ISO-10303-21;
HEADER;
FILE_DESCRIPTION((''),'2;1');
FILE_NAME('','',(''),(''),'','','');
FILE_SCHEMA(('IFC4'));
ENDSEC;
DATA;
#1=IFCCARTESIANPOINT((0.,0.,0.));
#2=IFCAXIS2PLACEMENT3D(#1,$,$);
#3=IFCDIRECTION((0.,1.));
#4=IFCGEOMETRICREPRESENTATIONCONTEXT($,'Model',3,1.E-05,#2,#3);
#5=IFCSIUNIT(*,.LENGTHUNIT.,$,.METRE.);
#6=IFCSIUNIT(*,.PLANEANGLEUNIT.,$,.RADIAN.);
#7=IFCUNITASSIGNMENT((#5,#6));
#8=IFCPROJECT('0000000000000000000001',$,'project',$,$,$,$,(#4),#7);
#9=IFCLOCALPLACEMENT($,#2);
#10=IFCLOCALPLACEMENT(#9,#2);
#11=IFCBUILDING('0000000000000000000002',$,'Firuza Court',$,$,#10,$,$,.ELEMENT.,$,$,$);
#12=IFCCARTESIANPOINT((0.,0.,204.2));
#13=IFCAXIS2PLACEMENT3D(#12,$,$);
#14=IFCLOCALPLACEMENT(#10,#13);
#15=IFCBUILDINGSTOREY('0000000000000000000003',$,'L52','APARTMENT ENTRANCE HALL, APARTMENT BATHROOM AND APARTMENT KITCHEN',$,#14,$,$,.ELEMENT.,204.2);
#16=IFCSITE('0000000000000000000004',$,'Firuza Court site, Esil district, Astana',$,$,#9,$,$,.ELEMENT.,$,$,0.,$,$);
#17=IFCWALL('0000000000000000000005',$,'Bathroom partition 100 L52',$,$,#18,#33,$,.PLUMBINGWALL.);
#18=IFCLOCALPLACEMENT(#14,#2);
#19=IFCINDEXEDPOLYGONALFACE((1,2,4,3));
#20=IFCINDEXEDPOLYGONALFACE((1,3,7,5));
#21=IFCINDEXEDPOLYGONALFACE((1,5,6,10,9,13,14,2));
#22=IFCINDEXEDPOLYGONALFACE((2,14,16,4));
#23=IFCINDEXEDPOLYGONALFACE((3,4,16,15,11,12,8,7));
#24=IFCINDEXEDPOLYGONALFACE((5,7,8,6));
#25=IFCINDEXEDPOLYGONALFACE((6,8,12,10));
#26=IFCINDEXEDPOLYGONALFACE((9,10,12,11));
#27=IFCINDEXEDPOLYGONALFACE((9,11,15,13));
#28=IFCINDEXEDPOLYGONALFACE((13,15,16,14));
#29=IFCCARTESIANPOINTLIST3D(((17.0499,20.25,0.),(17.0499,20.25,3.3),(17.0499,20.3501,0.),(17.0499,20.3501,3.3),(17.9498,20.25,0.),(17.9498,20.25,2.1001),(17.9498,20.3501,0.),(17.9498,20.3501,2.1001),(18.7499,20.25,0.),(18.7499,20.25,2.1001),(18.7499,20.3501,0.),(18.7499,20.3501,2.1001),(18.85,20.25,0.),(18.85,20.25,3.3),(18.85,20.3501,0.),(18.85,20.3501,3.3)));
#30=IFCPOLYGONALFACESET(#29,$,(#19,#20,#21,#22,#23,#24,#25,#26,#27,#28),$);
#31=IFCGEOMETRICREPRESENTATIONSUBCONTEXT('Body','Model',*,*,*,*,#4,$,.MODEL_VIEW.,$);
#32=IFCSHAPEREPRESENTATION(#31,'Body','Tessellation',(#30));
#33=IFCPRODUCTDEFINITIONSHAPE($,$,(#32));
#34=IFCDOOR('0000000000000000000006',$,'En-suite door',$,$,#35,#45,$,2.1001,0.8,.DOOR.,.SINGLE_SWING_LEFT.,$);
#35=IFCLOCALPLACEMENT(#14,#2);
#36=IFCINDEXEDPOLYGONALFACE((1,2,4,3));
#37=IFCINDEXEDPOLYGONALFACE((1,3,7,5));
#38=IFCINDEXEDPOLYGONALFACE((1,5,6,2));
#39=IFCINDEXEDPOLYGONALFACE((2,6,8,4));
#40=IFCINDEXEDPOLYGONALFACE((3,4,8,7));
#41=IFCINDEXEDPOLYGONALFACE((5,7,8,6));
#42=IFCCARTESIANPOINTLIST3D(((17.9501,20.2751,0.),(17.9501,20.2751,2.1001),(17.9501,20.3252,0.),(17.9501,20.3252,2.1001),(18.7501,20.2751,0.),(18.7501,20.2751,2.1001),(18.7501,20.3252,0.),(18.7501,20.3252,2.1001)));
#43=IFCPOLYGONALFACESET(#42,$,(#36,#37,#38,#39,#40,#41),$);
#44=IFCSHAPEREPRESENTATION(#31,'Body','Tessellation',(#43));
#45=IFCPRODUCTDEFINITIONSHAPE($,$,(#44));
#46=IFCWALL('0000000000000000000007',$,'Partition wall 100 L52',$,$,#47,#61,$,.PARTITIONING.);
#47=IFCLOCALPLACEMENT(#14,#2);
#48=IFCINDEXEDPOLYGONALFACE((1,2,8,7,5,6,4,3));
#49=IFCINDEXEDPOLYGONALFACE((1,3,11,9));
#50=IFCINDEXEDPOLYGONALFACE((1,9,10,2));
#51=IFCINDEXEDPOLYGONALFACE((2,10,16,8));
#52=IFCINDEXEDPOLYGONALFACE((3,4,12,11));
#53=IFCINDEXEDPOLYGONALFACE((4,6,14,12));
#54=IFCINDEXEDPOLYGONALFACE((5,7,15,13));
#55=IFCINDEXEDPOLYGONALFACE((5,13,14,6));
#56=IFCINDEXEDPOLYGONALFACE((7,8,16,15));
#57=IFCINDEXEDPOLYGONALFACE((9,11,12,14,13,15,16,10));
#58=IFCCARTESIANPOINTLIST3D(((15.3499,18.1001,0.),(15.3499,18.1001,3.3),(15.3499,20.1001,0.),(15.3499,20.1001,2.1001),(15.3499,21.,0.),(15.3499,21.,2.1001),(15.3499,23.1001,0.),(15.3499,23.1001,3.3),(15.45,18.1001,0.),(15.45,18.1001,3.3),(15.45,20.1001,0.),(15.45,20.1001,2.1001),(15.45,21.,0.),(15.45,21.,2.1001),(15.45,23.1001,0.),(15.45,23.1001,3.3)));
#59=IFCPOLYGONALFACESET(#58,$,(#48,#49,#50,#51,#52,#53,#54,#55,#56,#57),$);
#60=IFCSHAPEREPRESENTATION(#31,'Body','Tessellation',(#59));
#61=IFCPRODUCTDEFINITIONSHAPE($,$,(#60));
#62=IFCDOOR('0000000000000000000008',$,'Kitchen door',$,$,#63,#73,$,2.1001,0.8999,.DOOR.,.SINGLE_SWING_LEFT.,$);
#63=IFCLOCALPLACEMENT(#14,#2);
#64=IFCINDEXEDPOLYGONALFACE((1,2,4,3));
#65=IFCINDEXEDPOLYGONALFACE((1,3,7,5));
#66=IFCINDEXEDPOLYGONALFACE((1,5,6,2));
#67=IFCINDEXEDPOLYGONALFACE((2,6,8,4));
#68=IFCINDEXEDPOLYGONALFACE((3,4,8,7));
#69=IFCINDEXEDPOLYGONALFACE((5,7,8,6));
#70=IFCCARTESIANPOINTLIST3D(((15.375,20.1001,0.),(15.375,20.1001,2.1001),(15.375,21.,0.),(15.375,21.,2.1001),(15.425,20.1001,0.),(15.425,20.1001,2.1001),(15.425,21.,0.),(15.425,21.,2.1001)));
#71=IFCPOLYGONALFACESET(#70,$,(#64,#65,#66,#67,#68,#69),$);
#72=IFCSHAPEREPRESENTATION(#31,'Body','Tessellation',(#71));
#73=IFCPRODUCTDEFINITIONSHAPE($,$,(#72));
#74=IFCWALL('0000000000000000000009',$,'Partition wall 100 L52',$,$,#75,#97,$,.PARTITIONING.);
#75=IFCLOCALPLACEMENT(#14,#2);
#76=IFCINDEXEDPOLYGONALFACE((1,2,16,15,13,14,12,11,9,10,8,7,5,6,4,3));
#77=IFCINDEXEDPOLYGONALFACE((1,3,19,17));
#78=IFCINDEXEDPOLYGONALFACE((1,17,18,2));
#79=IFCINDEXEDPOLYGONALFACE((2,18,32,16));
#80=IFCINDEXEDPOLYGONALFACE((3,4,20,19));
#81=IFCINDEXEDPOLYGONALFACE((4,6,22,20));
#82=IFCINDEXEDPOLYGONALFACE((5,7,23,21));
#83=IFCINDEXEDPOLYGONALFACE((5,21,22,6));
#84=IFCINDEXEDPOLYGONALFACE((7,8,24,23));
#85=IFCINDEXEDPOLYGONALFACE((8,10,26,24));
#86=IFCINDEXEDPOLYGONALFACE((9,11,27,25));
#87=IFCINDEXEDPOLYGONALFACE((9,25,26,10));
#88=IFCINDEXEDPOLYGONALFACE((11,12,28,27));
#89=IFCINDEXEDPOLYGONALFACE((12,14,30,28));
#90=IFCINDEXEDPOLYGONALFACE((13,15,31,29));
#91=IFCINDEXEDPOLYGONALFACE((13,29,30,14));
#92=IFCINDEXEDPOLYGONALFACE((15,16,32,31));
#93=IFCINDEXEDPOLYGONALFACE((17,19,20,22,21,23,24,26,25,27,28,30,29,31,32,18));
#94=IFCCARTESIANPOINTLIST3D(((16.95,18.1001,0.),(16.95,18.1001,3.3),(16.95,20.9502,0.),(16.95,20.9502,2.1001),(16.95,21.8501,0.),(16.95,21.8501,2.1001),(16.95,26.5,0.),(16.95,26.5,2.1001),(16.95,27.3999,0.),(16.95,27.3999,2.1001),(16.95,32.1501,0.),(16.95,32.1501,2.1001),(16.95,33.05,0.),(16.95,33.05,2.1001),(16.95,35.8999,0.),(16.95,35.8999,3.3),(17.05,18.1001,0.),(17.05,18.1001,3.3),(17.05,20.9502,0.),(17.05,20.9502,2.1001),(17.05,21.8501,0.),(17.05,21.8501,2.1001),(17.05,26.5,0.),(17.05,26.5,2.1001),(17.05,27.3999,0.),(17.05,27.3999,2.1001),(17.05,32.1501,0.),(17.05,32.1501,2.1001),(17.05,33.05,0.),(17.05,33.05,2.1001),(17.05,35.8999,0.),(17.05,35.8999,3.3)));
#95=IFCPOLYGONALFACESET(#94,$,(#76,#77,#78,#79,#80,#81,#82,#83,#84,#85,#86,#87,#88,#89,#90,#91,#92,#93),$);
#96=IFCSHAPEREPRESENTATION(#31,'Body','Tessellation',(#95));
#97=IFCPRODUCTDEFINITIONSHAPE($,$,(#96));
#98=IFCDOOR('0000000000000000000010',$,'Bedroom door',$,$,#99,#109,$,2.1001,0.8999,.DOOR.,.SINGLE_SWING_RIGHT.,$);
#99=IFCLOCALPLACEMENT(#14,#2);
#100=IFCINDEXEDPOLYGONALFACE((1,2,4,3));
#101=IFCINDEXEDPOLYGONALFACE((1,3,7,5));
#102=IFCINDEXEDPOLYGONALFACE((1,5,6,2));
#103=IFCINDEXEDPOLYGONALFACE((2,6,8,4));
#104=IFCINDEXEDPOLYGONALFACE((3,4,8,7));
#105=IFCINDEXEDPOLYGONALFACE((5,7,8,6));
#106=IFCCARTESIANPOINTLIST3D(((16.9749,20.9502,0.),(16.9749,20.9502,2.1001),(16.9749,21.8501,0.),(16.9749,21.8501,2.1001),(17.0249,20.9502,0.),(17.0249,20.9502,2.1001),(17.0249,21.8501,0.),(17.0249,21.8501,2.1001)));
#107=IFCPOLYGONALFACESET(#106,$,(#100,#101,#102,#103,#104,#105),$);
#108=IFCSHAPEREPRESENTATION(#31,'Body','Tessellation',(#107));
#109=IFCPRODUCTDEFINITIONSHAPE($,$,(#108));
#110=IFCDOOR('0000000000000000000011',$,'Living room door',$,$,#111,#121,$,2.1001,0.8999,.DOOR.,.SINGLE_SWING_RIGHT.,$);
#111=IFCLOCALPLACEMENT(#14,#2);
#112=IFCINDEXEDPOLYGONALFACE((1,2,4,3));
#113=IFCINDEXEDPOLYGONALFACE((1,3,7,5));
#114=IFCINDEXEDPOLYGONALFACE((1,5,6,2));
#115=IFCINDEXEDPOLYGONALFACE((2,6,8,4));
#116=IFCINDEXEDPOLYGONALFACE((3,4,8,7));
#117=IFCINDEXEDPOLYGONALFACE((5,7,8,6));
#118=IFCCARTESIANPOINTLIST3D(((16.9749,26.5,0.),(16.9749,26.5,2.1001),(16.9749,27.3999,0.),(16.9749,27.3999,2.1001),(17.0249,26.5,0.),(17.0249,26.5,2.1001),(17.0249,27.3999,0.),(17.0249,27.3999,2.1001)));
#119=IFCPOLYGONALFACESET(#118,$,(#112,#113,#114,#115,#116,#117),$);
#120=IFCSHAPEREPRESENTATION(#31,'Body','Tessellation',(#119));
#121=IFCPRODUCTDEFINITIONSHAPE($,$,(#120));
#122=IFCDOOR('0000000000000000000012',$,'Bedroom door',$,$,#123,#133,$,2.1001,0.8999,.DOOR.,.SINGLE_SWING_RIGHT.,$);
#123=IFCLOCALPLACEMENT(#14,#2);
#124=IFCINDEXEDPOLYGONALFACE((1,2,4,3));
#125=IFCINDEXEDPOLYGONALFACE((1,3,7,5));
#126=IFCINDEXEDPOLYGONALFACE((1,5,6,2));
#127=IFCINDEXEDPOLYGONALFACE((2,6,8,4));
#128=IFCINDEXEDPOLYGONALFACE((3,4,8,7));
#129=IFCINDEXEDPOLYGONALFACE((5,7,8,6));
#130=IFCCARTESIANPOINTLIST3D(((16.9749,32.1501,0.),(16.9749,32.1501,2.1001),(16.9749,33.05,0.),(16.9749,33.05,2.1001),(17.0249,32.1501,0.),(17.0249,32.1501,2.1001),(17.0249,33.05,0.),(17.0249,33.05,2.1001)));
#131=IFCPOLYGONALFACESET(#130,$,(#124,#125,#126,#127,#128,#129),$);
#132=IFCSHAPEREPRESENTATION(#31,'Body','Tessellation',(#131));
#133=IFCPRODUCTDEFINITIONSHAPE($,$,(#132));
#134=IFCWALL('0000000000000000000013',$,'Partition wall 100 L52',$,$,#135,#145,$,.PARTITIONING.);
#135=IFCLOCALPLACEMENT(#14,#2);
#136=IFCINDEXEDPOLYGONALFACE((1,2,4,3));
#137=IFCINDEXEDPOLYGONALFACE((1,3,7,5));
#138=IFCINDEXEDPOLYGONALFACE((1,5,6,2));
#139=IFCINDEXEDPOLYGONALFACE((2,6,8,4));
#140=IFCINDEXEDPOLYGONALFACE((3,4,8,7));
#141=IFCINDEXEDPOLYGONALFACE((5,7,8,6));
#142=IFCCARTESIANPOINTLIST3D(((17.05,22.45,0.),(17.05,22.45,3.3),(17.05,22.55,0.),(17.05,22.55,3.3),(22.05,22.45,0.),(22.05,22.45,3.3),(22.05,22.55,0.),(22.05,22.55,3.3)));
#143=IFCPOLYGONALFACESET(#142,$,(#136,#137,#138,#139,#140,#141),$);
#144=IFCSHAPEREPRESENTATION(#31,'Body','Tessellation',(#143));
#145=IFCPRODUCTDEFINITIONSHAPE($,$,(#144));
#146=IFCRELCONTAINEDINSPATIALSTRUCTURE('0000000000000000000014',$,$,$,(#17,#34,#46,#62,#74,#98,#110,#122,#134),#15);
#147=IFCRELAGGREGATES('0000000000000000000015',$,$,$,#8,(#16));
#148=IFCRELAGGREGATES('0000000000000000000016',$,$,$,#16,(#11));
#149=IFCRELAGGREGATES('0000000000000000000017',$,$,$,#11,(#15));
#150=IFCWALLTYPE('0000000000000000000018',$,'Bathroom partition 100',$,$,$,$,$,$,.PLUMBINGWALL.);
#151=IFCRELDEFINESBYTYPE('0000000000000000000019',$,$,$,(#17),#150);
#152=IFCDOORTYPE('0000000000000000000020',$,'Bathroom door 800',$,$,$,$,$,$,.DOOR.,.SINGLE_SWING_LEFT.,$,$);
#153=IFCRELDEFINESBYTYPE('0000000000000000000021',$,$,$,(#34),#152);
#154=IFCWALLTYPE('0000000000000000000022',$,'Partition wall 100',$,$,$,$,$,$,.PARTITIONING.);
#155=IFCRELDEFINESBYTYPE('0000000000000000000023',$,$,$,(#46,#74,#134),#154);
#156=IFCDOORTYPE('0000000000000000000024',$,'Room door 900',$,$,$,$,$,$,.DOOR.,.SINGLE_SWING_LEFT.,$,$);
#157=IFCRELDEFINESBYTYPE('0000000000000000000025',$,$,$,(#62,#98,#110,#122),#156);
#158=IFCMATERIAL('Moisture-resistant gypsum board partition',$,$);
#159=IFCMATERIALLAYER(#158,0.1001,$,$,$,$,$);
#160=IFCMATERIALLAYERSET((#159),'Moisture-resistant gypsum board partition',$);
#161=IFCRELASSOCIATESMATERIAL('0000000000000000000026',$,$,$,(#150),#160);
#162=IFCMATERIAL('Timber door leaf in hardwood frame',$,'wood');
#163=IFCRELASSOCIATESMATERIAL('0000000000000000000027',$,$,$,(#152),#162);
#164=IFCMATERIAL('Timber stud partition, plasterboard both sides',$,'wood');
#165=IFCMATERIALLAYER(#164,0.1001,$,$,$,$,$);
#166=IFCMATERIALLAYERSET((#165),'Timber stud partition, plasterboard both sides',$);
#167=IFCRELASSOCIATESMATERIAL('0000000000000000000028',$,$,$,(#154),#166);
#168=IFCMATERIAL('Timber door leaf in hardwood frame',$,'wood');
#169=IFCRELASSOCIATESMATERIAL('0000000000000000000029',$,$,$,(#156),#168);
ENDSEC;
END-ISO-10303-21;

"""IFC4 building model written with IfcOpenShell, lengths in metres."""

from ifc_helpers import new_model, si_unit, direction, frame, frame_2d, origin, place, context, subcontext, project, spatial, rectangle, extrude, material, layer, layer_set, type_object, element, fill, save


model = new_model("IFC4")

# Units and contexts
model_context = context("Model", 3, precision=1e-05, world=origin(), true_north=direction((0.0, 1.0)))
body_context = subcontext(model_context, "Body", "Model", "MODEL_VIEW")
ifc_project = project(units=[si_unit("LENGTHUNIT", "METRE"), si_unit("PLANEANGLEUNIT", "RADIAN")], contexts=[model_context])

# Site, building, storey
site_placement = place(None, origin())
site = spatial("IfcSite", under=ifc_project, at=site_placement, Name="Firuza Court site, Esil district, Astana", CompositionType="ELEMENT", RefElevation=0.0)
building_placement = place(site_placement, origin())
building = spatial("IfcBuilding", under=site, at=building_placement, Name="Firuza Court", CompositionType="ELEMENT")
storey_placement = place(building_placement, frame((0.0, 0.0, 204.2)))
storey = spatial("IfcBuildingStorey", under=building, at=storey_placement, Name="L52", Description="APARTMENT ENTRANCE HALL, APARTMENT BATHROOM AND APARTMENT KITCHEN", CompositionType="ELEMENT", Elevation=204.2)

# Walls, openings, doors
ifc_material_1 = material(Name="Moisture-resistant gypsum board partition")
ifc_layer_1 = layer(ifc_material_1, 0.1001)
ifc_layer_set_1 = layer_set([ifc_layer_1], Name="Moisture-resistant gypsum board partition")
wall_type_1 = type_object("IfcWallType", Name="Bathroom partition 100", PredefinedType="PLUMBINGWALL", material=ifc_layer_set_1)
wall_1_placement = place(storey_placement, frame((17.05, 20.3, 0.0), z_axis=(0.0, 0.0, 1.0), x_axis=(1.0, 0.0, 0.0)))
wall_1 = element("IfcWall", 1, at=wall_1_placement, inside=storey, type_object=wall_type_1, Name="Bathroom partition 100 L52", PredefinedType="PLUMBINGWALL", context=body_context, shape_type="SweptSolid", body=[
    extrude(rectangle(XDim=1.8, YDim=0.1001, at=frame_2d((0.8999, 0.0))), origin(), (0.0, 0.0, 1.0), 3.3),
])
opening_1_placement = place(wall_1_placement, frame((0.8999, 0.0, 0.0)))
opening_1 = element("IfcOpeningElement", 2, at=opening_1_placement, cuts=wall_1, PredefinedType="OPENING", context=body_context, shape_type="SweptSolid", body=[
    extrude(rectangle(XDim=0.8, YDim=2.1001, at=frame_2d((0.3999, 1.05))), frame((0.0, 0.062, 0.0), z_axis=(0.0, -1.0, 0.0), x_axis=(1.0, 0.0, 0.0)), (0.0, 0.0, 1.0), 0.124),
])
ifc_material_2 = material(Name="Timber door leaf in hardwood frame", Category="wood")
door_type_1 = type_object("IfcDoorType", Name="Bathroom door 800", OperationType="SINGLE_SWING_LEFT", PredefinedType="DOOR", material=ifc_material_2)
door_1_placement = place(opening_1_placement, frame((0.8, 0.0, 0.0), z_axis=(0.0, 0.0, 1.0), x_axis=(-1.0, 0.0, 0.0)))
door_1 = element("IfcDoor", 3, at=door_1_placement, inside=storey, type_object=door_type_1, Name="En-suite door", OperationType="SINGLE_SWING_LEFT", OverallHeight=2.1001, OverallWidth=0.8, PredefinedType="DOOR", context=body_context, shape_type="SweptSolid", body=[
    extrude(rectangle(XDim=0.8, YDim=2.1001, at=frame_2d((0.3999, 1.05))), frame((0.0, 0.0249, 0.0), z_axis=(0.0, -1.0, 0.0), x_axis=(1.0, 0.0, 0.0)), (0.0, 0.0, 1.0), 0.05),
])
fill(opening_1, door_1)
ifc_material_3 = material(Name="Timber stud partition, plasterboard both sides", Category="wood")
ifc_layer_2 = layer(ifc_material_3, 0.1001)
ifc_layer_set_2 = layer_set([ifc_layer_2], Name="Timber stud partition, plasterboard both sides")
wall_type_2 = type_object("IfcWallType", Name="Partition wall 100", PredefinedType="PARTITIONING", material=ifc_layer_set_2)
wall_2_placement = place(storey_placement, frame((15.3999, 18.1001, 0.0), z_axis=(0.0, 0.0, 1.0), x_axis=(0.0, 1.0, 0.0)))
wall_2 = element("IfcWall", 4, at=wall_2_placement, inside=storey, type_object=wall_type_2, Name="Partition wall 100 L52", PredefinedType="PARTITIONING", context=body_context, shape_type="SweptSolid", body=[
    extrude(rectangle(XDim=5.0, YDim=0.1001, at=frame_2d((2.5, 0.0))), origin(), (0.0, 0.0, 1.0), 3.3),
])
opening_2_placement = place(wall_2_placement, frame((2.0, 0.0, 0.0)))
opening_2 = element("IfcOpeningElement", 5, at=opening_2_placement, cuts=wall_2, PredefinedType="OPENING", context=body_context, shape_type="SweptSolid", body=[
    extrude(rectangle(XDim=0.8999, YDim=2.1001, at=frame_2d((0.45, 1.05))), frame((0.0, 0.062, 0.0), z_axis=(0.0, -1.0, 0.0), x_axis=(1.0, 0.0, 0.0)), (0.0, 0.0, 1.0), 0.124),
])
ifc_material_4 = material(Name="Timber door leaf in hardwood frame", Category="wood")
door_type_2 = type_object("IfcDoorType", Name="Room door 900", OperationType="SINGLE_SWING_LEFT", PredefinedType="DOOR", material=ifc_material_4)
door_2_placement = place(opening_2_placement, origin())
door_2 = element("IfcDoor", 6, at=door_2_placement, inside=storey, type_object=door_type_2, Name="Kitchen door", OperationType="SINGLE_SWING_LEFT", OverallHeight=2.1001, OverallWidth=0.8999, PredefinedType="DOOR", context=body_context, shape_type="SweptSolid", body=[
    extrude(rectangle(XDim=0.8999, YDim=2.1001, at=frame_2d((0.45, 1.05))), frame((0.0, 0.0249, 0.0), z_axis=(0.0, -1.0, 0.0), x_axis=(1.0, 0.0, 0.0)), (0.0, 0.0, 1.0), 0.05),
])
fill(opening_2, door_2)

# Wall, openings, doors
wall_3_placement = place(storey_placement, frame((17.0, 18.1001, 0.0), z_axis=(0.0, 0.0, 1.0), x_axis=(0.0, 1.0, 0.0)))
wall_3 = element("IfcWall", 7, at=wall_3_placement, inside=storey, type_object=wall_type_2, Name="Partition wall 100 L52", PredefinedType="PARTITIONING", context=body_context, shape_type="SweptSolid", body=[
    extrude(rectangle(XDim=17.7998, YDim=0.1001, at=frame_2d((8.8999, 0.0))), origin(), (0.0, 0.0, 1.0), 3.3),
])
opening_3_placement = place(wall_3_placement, frame((2.8501, 0.0, 0.0)))
opening_3 = element("IfcOpeningElement", 8, at=opening_3_placement, cuts=wall_3, PredefinedType="OPENING", context=body_context, shape_type="SweptSolid", body=[
    extrude(rectangle(XDim=0.8999, YDim=2.1001, at=frame_2d((0.45, 1.05))), frame((0.0, 0.062, 0.0), z_axis=(0.0, -1.0, 0.0), x_axis=(1.0, 0.0, 0.0)), (0.0, 0.0, 1.0), 0.124),
])
opening_4_placement = place(wall_3_placement, frame((8.3999, 0.0, 0.0)))
opening_4 = element("IfcOpeningElement", 9, at=opening_4_placement, cuts=wall_3, PredefinedType="OPENING", context=body_context, shape_type="SweptSolid", body=[
    extrude(rectangle(XDim=0.8999, YDim=2.1001, at=frame_2d((0.45, 1.05))), frame((0.0, 0.062, 0.0), z_axis=(0.0, -1.0, 0.0), x_axis=(1.0, 0.0, 0.0)), (0.0, 0.0, 1.0), 0.124),
])
opening_5_placement = place(wall_3_placement, frame((14.05, 0.0, 0.0)))
opening_5 = element("IfcOpeningElement", 10, at=opening_5_placement, cuts=wall_3, PredefinedType="OPENING", context=body_context, shape_type="SweptSolid", body=[
    extrude(rectangle(XDim=0.8999, YDim=2.1001, at=frame_2d((0.45, 1.05))), frame((0.0, 0.062, 0.0), z_axis=(0.0, -1.0, 0.0), x_axis=(1.0, 0.0, 0.0)), (0.0, 0.0, 1.0), 0.124),
])
door_3_placement = place(opening_3_placement, frame((0.8999, 0.0, 0.0), z_axis=(0.0, 0.0, 1.0), x_axis=(-1.0, 0.0, 0.0)))
door_3 = element("IfcDoor", 11, at=door_3_placement, inside=storey, type_object=door_type_2, Name="Bedroom door", OperationType="SINGLE_SWING_RIGHT", OverallHeight=2.1001, OverallWidth=0.8999, PredefinedType="DOOR", context=body_context, shape_type="SweptSolid", body=[
    extrude(rectangle(XDim=0.8999, YDim=2.1001, at=frame_2d((0.45, 1.05))), frame((0.0, 0.0249, 0.0), z_axis=(0.0, -1.0, 0.0), x_axis=(1.0, 0.0, 0.0)), (0.0, 0.0, 1.0), 0.05),
])
fill(opening_3, door_3)
door_4_placement = place(opening_4_placement, frame((0.8999, 0.0, 0.0), z_axis=(0.0, 0.0, 1.0), x_axis=(-1.0, 0.0, 0.0)))
door_4 = element("IfcDoor", 12, at=door_4_placement, inside=storey, type_object=door_type_2, Name="Living room door", OperationType="SINGLE_SWING_RIGHT", OverallHeight=2.1001, OverallWidth=0.8999, PredefinedType="DOOR", context=body_context, shape_type="SweptSolid", body=[
    extrude(rectangle(XDim=0.8999, YDim=2.1001, at=frame_2d((0.45, 1.05))), frame((0.0, 0.0249, 0.0), z_axis=(0.0, -1.0, 0.0), x_axis=(1.0, 0.0, 0.0)), (0.0, 0.0, 1.0), 0.05),
])
fill(opening_4, door_4)
door_5_placement = place(opening_5_placement, frame((0.8999, 0.0, 0.0), z_axis=(0.0, 0.0, 1.0), x_axis=(-1.0, 0.0, 0.0)))
door_5 = element("IfcDoor", 13, at=door_5_placement, inside=storey, type_object=door_type_2, Name="Bedroom door", OperationType="SINGLE_SWING_RIGHT", OverallHeight=2.1001, OverallWidth=0.8999, PredefinedType="DOOR", context=body_context, shape_type="SweptSolid", body=[
    extrude(rectangle(XDim=0.8999, YDim=2.1001, at=frame_2d((0.45, 1.05))), frame((0.0, 0.0249, 0.0), z_axis=(0.0, -1.0, 0.0), x_axis=(1.0, 0.0, 0.0)), (0.0, 0.0, 1.0), 0.05),
])
fill(opening_5, door_5)

# Wall
wall_4_placement = place(storey_placement, frame((17.05, 22.5, 0.0), z_axis=(0.0, 0.0, 1.0), x_axis=(1.0, 0.0, 0.0)))
element("IfcWall", 14, at=wall_4_placement, inside=storey, type_object=wall_type_2, Name="Partition wall 100 L52", PredefinedType="PARTITIONING", context=body_context, shape_type="SweptSolid", body=[
    extrude(rectangle(XDim=5.0, YDim=0.1001, at=frame_2d((2.5, 0.0))), origin(), (0.0, 0.0, 1.0), 3.3),
])

save(model, "model.ifc")
